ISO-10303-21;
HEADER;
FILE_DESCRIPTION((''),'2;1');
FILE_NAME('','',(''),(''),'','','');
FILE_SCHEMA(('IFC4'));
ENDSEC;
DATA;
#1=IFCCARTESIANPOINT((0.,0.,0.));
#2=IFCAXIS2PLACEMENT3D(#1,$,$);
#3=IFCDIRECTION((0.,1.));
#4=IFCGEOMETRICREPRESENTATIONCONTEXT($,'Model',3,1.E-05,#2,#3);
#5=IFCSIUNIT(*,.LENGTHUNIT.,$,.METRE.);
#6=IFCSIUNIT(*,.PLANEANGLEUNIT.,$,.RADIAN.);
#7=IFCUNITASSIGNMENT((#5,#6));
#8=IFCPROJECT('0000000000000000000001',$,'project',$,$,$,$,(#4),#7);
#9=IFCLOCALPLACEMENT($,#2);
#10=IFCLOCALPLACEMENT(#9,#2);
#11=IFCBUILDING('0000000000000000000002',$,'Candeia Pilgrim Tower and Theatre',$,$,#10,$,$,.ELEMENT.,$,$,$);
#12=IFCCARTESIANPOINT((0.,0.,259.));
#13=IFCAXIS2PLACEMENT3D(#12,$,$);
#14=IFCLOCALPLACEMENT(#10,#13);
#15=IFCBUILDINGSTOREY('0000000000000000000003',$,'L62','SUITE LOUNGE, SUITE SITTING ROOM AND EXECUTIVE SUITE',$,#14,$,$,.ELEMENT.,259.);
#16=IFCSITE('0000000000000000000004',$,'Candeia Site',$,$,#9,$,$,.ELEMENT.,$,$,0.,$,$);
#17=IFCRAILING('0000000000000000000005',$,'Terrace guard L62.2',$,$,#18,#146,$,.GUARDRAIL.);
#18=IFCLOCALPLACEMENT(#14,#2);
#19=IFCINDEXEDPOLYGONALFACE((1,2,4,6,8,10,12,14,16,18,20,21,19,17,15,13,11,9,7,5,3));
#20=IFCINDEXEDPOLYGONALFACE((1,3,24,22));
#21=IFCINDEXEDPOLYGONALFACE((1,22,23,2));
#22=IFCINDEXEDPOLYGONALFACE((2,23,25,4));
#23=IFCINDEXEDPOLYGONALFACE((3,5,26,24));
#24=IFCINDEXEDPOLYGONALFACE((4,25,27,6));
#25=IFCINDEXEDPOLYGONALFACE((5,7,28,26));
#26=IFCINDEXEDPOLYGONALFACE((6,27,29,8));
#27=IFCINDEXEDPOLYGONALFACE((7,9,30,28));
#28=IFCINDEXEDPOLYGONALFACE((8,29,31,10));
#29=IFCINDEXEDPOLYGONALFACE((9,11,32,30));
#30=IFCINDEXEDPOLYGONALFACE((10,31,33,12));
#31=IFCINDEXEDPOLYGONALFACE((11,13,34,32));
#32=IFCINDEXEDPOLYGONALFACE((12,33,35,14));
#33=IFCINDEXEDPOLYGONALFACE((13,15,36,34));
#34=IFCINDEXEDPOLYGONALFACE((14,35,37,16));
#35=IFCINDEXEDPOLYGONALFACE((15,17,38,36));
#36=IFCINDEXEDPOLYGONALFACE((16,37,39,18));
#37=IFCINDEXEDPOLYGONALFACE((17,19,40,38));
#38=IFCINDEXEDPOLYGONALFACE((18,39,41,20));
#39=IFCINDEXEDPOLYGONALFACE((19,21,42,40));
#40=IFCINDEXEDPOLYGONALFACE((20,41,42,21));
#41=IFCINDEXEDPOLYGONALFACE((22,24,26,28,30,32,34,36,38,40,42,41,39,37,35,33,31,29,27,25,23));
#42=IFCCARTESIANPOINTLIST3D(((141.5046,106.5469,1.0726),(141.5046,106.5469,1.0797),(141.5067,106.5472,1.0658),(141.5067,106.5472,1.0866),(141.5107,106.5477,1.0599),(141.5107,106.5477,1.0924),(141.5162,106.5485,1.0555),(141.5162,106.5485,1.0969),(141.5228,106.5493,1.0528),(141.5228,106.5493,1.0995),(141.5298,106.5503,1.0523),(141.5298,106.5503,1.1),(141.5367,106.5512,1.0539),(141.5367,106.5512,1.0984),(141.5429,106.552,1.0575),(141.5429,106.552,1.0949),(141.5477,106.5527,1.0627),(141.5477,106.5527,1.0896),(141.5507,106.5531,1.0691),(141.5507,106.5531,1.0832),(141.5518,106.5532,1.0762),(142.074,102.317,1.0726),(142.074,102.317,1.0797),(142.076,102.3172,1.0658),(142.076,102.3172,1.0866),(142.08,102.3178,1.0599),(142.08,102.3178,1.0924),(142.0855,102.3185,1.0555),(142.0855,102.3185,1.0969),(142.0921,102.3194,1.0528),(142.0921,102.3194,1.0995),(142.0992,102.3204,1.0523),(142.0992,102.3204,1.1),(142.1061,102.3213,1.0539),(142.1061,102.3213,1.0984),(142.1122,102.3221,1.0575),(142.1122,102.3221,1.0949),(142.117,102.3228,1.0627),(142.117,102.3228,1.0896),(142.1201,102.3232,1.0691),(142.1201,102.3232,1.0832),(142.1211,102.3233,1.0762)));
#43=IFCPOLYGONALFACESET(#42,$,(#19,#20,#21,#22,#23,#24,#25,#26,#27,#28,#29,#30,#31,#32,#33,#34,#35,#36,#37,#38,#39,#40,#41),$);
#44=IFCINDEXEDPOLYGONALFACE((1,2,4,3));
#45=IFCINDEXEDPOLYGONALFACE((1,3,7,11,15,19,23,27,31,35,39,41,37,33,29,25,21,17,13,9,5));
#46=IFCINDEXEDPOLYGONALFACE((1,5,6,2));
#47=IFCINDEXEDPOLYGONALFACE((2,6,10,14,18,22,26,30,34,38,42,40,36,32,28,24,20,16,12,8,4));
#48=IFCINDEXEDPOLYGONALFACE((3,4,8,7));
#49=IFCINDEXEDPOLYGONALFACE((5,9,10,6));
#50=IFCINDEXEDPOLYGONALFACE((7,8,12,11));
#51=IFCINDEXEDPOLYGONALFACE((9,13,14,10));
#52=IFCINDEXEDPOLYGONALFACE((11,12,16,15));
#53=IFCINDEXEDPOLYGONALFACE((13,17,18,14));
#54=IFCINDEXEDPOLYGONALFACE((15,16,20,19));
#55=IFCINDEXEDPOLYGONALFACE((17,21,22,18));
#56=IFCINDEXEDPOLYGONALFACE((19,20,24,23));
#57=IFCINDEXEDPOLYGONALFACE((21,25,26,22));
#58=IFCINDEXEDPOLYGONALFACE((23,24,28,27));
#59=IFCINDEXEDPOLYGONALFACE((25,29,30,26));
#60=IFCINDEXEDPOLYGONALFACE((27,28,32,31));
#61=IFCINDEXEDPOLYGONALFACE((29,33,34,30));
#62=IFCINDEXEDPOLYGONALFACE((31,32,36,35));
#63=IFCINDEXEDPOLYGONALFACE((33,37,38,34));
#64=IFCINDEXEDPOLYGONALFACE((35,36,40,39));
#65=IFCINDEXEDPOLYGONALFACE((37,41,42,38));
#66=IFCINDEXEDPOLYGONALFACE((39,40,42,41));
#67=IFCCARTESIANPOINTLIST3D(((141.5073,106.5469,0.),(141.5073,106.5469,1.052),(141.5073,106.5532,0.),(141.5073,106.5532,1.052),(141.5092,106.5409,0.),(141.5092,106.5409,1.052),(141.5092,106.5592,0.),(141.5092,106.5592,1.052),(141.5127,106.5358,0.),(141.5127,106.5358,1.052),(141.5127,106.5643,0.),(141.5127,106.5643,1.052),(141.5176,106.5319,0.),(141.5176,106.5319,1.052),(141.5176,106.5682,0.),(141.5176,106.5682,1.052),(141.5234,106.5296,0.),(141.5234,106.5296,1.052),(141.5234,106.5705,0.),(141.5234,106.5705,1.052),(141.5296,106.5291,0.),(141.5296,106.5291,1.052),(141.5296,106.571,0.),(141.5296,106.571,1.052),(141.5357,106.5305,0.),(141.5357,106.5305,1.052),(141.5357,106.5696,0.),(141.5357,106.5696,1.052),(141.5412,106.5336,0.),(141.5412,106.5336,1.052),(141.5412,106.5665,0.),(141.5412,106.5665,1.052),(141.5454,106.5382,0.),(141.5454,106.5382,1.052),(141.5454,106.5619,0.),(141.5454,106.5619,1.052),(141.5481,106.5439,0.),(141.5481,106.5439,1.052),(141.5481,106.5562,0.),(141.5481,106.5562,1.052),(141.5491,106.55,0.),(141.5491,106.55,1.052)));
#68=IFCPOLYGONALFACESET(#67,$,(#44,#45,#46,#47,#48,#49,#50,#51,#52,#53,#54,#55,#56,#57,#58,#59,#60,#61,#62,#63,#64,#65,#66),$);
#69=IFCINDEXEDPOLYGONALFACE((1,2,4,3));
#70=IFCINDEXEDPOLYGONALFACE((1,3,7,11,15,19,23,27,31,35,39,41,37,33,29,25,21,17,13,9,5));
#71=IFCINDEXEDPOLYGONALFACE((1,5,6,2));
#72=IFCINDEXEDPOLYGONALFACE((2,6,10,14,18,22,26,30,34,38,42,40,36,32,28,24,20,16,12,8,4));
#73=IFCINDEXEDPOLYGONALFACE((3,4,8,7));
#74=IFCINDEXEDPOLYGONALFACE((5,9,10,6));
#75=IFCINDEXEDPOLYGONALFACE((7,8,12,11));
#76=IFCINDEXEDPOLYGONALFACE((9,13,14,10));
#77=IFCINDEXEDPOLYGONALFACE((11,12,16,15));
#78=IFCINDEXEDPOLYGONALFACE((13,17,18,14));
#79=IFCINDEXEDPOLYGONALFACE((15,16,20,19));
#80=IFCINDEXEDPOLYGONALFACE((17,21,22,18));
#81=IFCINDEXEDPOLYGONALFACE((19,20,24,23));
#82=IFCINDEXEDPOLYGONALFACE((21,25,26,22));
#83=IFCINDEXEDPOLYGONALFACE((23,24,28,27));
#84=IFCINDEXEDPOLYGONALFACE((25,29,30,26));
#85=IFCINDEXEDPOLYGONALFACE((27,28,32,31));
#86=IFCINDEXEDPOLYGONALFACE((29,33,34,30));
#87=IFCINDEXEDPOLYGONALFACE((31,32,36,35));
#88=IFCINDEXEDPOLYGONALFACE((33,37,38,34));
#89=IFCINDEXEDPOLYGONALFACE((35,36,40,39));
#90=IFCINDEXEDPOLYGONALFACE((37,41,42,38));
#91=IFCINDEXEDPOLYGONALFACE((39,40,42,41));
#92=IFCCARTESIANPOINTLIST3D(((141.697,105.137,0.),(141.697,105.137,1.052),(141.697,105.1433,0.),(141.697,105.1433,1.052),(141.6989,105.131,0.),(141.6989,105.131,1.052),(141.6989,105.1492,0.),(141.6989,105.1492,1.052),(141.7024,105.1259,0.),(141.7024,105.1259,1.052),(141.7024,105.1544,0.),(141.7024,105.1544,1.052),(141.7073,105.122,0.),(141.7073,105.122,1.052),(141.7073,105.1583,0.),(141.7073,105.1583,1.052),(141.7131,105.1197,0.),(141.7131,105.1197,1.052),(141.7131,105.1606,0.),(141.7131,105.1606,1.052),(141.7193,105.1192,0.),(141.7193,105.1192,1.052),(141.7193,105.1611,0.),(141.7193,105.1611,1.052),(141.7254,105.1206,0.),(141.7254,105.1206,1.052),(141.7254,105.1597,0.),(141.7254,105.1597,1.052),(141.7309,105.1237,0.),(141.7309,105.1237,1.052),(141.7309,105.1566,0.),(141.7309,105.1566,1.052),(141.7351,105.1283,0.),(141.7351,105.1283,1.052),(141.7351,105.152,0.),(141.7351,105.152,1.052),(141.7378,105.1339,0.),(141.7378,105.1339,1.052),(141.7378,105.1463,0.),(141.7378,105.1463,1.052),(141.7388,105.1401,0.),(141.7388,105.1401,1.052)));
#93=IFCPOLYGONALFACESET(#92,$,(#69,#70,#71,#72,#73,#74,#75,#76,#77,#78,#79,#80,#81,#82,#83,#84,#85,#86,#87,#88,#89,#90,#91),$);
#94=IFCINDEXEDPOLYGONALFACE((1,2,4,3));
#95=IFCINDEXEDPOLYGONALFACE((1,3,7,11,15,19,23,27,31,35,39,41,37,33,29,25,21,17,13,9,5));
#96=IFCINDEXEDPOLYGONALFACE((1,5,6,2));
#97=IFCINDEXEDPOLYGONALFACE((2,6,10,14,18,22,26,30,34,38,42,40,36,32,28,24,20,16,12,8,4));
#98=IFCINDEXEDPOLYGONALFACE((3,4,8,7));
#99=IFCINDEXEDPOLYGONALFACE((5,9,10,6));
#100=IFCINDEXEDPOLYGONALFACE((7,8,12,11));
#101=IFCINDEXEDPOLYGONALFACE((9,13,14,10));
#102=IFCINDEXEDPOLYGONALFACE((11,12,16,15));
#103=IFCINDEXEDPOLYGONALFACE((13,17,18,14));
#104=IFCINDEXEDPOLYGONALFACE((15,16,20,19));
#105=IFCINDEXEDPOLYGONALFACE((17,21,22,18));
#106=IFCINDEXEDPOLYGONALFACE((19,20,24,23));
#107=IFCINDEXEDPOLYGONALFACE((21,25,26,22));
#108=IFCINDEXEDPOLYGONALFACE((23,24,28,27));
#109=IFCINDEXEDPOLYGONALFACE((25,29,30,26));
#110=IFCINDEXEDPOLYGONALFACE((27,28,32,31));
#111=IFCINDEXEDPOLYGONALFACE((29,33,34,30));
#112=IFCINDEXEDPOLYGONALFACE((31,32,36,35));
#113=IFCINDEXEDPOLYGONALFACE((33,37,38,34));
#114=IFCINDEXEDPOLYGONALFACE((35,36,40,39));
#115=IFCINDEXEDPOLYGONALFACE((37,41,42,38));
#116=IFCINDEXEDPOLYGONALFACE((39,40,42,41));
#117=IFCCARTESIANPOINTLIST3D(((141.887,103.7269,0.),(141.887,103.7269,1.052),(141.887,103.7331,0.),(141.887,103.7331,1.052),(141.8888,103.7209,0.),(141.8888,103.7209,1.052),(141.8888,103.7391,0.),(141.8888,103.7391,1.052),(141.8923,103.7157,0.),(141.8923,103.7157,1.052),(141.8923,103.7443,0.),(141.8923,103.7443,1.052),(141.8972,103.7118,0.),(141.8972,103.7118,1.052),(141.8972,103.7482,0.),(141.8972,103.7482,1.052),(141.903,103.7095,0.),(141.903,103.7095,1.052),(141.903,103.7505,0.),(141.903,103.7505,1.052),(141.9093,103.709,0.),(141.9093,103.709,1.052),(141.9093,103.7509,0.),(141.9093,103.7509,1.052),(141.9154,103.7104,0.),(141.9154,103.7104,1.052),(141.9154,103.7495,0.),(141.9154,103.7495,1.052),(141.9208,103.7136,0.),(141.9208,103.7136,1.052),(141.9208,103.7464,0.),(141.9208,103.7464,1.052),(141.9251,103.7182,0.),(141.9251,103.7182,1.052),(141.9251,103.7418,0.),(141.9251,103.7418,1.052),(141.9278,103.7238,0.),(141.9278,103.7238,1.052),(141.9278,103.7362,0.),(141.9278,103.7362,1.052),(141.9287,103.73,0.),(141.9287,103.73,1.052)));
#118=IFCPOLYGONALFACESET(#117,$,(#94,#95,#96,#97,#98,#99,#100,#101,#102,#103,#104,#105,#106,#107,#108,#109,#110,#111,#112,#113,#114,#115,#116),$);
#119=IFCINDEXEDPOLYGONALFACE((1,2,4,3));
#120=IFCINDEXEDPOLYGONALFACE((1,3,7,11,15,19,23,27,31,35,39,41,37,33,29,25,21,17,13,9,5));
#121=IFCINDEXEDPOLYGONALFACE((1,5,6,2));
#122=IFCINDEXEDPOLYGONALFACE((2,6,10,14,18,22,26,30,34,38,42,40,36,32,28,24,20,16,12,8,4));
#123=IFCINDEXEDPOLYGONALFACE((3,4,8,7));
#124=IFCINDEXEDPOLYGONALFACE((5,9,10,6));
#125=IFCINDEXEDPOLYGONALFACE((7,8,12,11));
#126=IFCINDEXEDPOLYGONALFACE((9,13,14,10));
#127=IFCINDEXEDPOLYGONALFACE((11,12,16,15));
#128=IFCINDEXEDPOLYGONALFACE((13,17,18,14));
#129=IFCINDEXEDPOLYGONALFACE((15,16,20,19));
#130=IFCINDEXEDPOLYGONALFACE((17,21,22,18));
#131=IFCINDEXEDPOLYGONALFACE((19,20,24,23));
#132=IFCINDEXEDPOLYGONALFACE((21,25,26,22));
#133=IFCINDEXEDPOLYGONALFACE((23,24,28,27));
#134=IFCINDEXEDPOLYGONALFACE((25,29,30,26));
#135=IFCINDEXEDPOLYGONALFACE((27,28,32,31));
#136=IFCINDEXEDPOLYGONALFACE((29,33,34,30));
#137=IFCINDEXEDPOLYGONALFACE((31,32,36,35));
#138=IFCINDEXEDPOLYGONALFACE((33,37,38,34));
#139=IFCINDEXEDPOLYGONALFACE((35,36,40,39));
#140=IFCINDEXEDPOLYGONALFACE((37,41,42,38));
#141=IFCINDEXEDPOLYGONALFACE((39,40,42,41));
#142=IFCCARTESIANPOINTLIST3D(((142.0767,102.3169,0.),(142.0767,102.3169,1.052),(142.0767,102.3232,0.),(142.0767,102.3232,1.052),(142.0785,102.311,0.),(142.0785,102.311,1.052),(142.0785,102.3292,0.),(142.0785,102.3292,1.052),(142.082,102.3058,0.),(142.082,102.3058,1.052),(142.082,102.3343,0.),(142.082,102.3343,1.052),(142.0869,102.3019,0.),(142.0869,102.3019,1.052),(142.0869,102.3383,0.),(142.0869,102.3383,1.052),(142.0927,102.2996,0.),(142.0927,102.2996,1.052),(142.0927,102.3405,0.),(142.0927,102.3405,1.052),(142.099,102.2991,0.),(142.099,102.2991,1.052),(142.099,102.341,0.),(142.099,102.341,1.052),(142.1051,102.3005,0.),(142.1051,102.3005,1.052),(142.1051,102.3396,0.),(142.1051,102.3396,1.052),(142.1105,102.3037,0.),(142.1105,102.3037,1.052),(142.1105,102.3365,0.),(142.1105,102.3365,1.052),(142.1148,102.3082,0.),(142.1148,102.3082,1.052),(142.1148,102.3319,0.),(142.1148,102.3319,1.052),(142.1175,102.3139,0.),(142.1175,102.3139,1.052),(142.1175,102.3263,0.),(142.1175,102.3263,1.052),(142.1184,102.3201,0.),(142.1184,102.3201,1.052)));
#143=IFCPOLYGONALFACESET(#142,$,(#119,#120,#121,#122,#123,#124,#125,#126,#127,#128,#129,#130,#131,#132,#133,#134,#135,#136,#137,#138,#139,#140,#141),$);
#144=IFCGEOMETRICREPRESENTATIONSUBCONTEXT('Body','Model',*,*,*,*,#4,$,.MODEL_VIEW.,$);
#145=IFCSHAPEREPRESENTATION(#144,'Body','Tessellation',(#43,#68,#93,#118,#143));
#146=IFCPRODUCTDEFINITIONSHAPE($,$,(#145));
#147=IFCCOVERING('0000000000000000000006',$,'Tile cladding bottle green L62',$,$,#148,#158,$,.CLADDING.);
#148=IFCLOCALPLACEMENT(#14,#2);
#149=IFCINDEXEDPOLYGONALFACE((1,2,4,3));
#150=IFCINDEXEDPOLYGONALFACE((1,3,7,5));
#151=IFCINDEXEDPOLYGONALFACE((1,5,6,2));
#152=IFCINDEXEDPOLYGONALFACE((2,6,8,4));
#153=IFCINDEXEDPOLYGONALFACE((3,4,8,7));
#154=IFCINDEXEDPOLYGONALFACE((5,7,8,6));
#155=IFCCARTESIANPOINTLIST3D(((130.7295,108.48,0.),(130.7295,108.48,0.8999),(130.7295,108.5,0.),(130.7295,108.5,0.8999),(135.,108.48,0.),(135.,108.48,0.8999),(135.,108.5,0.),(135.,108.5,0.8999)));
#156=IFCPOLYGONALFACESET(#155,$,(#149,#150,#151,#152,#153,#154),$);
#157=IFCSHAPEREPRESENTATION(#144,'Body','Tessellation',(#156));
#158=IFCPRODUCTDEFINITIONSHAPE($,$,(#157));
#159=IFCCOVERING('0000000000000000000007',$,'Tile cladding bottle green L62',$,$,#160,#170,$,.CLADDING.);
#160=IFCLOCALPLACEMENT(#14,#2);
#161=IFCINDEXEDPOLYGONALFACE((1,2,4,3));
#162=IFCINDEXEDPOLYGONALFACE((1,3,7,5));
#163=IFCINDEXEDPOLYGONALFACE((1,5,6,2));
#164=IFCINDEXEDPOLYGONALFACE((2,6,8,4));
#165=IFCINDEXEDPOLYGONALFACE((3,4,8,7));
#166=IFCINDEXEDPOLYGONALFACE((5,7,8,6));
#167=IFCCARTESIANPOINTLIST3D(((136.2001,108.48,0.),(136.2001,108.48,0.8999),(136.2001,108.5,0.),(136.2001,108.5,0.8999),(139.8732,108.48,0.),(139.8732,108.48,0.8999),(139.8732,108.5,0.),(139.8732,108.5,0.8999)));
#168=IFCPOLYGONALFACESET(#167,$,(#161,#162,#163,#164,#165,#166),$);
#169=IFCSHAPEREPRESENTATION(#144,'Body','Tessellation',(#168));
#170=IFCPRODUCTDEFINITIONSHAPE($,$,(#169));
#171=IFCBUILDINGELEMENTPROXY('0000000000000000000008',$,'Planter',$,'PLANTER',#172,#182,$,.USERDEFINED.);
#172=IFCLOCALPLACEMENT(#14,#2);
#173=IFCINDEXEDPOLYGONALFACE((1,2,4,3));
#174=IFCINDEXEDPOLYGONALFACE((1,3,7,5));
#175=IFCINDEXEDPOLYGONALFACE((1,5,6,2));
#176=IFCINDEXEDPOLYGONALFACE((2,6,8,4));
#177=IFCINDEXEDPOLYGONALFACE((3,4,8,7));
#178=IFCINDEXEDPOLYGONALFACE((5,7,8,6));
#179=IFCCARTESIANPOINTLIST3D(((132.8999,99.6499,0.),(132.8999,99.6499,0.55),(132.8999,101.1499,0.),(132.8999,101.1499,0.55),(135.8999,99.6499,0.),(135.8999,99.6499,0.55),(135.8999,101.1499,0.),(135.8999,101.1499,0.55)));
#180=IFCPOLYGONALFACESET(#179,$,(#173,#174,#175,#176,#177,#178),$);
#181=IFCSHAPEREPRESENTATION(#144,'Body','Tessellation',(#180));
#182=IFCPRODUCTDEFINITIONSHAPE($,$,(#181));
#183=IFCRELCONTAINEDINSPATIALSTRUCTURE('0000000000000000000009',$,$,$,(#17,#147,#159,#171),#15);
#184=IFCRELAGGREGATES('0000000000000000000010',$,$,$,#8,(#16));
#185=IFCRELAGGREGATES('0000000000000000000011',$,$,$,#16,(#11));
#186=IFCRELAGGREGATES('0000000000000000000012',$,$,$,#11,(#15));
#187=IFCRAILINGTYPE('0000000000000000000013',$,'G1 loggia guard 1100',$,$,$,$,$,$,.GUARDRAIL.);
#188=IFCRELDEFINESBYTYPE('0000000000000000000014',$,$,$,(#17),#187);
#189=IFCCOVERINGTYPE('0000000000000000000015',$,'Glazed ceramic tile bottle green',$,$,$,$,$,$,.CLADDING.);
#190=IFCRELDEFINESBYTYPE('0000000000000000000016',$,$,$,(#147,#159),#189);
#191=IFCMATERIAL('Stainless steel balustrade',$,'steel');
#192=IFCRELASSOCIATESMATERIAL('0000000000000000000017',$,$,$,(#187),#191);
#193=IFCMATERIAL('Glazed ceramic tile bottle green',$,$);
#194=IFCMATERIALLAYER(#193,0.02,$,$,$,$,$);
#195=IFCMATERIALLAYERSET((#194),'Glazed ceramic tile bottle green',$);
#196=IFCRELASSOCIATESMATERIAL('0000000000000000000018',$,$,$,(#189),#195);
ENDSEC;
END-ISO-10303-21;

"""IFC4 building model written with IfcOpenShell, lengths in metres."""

from ifc_helpers import new_model, si_unit, direction, frame, origin, origin_2d, place, context, subcontext, project, spatial, rectangle, circle, extrude, material, layer, layer_set, type_object, element, save


model = new_model("IFC4")

# Units and contexts
model_context = context("Model", 3, precision=1e-05, world=origin(), true_north=direction((0.0, 1.0)))
body_context = subcontext(model_context, "Body", "Model", "MODEL_VIEW")
ifc_project = project(units=[si_unit("LENGTHUNIT", "METRE"), si_unit("PLANEANGLEUNIT", "RADIAN")], contexts=[model_context])

# Site, building, storey
site_placement = place(None, origin())
site = spatial("IfcSite", under=ifc_project, at=site_placement, Name="Candeia Site", CompositionType="ELEMENT", RefElevation=0.0)
building_placement = place(site_placement, origin())
building = spatial("IfcBuilding", under=site, at=building_placement, Name="Candeia Pilgrim Tower and Theatre", CompositionType="ELEMENT")
storey_placement = place(building_placement, frame((0.0, 0.0, 259.0)))
storey = spatial("IfcBuildingStorey", under=building, at=storey_placement, Name="L62", Description="SUITE LOUNGE, SUITE SITTING ROOM AND EXECUTIVE SUITE", CompositionType="ELEMENT", Elevation=259.0)

# Railing
ifc_material_1 = material(Name="Stainless steel balustrade", Category="steel")
railing_type = type_object("IfcRailingType", Name="G1 loggia guard 1100", PredefinedType="GUARDRAIL", material=ifc_material_1)
railing_1_placement = place(storey_placement, frame((141.5281, 106.55, 0.0)))
element("IfcRailing", 1, at=railing_1_placement, inside=storey, type_object=railing_type, Name="Terrace guard L62.2", PredefinedType="GUARDRAIL", context=body_context, shape_type="SweptSolid", body=[
    extrude(circle(Radius=0.0239, at=origin_2d()), frame((0.0, 0.0, 1.0762), z_axis=(0.133393, -0.991063, 0.0), x_axis=(0.991063, 0.133393, 0.0)), (0.0, 0.0, 1.0), 4.2681),
    extrude(circle(Radius=0.021, at=origin_2d()), origin(), (0.0, 0.0, 1.0), 1.052),
    extrude(circle(Radius=0.021, at=origin_2d()), frame((0.1897, -1.4099, 0.0)), (0.0, 0.0, 1.0), 1.052),
    extrude(circle(Radius=0.021, at=origin_2d()), frame((0.3796, -2.8201, 0.0)), (0.0, 0.0, 1.0), 1.052),
    extrude(circle(Radius=0.021, at=origin_2d()), frame((0.5693, -4.23, 0.0)), (0.0, 0.0, 1.0), 1.052),
])

# Coverings
ifc_material_2 = material(Name="Glazed ceramic tile bottle green")
ifc_layer_1 = layer(ifc_material_2, 0.02)
ifc_layer_set_1 = layer_set([ifc_layer_1], Name="Glazed ceramic tile bottle green")
covering_type = type_object("IfcCoveringType", Name="Glazed ceramic tile bottle green", PredefinedType="CLADDING", material=ifc_layer_set_1)
covering_1_placement = place(storey_placement, frame((132.8647, 108.49, 0.0), z_axis=(0.0, 0.0, 1.0), x_axis=(1.0, 0.0, 0.0)))
element("IfcCovering", 2, at=covering_1_placement, inside=storey, type_object=covering_type, Name="Tile cladding bottle green L62", PredefinedType="CLADDING", context=body_context, shape_type="SweptSolid", body=[
    extrude(rectangle(XDim=4.2705, YDim=0.02, at=origin_2d()), origin(), (0.0, 0.0, 1.0), 0.8999),
])
covering_2_placement = place(storey_placement, frame((138.0366, 108.49, 0.0), z_axis=(0.0, 0.0, 1.0), x_axis=(1.0, 0.0, 0.0)))
element("IfcCovering", 3, at=covering_2_placement, inside=storey, type_object=covering_type, Name="Tile cladding bottle green L62", PredefinedType="CLADDING", context=body_context, shape_type="SweptSolid", body=[
    extrude(rectangle(XDim=3.6731, YDim=0.02, at=origin_2d()), origin(), (0.0, 0.0, 1.0), 0.8999),
])

# Building element proxy
proxy_placement = place(storey_placement, frame((134.3999, 100.3999, 0.0), z_axis=(0.0, 0.0, 1.0), x_axis=(1.0, 0.0, 0.0)))
element("IfcBuildingElementProxy", 4, at=proxy_placement, inside=storey, Name="Planter", ObjectType="PLANTER", PredefinedType="USERDEFINED", context=body_context, shape_type="SweptSolid", body=[
    extrude(rectangle(XDim=3.0, YDim=1.5, at=origin_2d()), origin(), (0.0, 0.0, 1.0), 0.55),
])

save(model, "model.ifc")
